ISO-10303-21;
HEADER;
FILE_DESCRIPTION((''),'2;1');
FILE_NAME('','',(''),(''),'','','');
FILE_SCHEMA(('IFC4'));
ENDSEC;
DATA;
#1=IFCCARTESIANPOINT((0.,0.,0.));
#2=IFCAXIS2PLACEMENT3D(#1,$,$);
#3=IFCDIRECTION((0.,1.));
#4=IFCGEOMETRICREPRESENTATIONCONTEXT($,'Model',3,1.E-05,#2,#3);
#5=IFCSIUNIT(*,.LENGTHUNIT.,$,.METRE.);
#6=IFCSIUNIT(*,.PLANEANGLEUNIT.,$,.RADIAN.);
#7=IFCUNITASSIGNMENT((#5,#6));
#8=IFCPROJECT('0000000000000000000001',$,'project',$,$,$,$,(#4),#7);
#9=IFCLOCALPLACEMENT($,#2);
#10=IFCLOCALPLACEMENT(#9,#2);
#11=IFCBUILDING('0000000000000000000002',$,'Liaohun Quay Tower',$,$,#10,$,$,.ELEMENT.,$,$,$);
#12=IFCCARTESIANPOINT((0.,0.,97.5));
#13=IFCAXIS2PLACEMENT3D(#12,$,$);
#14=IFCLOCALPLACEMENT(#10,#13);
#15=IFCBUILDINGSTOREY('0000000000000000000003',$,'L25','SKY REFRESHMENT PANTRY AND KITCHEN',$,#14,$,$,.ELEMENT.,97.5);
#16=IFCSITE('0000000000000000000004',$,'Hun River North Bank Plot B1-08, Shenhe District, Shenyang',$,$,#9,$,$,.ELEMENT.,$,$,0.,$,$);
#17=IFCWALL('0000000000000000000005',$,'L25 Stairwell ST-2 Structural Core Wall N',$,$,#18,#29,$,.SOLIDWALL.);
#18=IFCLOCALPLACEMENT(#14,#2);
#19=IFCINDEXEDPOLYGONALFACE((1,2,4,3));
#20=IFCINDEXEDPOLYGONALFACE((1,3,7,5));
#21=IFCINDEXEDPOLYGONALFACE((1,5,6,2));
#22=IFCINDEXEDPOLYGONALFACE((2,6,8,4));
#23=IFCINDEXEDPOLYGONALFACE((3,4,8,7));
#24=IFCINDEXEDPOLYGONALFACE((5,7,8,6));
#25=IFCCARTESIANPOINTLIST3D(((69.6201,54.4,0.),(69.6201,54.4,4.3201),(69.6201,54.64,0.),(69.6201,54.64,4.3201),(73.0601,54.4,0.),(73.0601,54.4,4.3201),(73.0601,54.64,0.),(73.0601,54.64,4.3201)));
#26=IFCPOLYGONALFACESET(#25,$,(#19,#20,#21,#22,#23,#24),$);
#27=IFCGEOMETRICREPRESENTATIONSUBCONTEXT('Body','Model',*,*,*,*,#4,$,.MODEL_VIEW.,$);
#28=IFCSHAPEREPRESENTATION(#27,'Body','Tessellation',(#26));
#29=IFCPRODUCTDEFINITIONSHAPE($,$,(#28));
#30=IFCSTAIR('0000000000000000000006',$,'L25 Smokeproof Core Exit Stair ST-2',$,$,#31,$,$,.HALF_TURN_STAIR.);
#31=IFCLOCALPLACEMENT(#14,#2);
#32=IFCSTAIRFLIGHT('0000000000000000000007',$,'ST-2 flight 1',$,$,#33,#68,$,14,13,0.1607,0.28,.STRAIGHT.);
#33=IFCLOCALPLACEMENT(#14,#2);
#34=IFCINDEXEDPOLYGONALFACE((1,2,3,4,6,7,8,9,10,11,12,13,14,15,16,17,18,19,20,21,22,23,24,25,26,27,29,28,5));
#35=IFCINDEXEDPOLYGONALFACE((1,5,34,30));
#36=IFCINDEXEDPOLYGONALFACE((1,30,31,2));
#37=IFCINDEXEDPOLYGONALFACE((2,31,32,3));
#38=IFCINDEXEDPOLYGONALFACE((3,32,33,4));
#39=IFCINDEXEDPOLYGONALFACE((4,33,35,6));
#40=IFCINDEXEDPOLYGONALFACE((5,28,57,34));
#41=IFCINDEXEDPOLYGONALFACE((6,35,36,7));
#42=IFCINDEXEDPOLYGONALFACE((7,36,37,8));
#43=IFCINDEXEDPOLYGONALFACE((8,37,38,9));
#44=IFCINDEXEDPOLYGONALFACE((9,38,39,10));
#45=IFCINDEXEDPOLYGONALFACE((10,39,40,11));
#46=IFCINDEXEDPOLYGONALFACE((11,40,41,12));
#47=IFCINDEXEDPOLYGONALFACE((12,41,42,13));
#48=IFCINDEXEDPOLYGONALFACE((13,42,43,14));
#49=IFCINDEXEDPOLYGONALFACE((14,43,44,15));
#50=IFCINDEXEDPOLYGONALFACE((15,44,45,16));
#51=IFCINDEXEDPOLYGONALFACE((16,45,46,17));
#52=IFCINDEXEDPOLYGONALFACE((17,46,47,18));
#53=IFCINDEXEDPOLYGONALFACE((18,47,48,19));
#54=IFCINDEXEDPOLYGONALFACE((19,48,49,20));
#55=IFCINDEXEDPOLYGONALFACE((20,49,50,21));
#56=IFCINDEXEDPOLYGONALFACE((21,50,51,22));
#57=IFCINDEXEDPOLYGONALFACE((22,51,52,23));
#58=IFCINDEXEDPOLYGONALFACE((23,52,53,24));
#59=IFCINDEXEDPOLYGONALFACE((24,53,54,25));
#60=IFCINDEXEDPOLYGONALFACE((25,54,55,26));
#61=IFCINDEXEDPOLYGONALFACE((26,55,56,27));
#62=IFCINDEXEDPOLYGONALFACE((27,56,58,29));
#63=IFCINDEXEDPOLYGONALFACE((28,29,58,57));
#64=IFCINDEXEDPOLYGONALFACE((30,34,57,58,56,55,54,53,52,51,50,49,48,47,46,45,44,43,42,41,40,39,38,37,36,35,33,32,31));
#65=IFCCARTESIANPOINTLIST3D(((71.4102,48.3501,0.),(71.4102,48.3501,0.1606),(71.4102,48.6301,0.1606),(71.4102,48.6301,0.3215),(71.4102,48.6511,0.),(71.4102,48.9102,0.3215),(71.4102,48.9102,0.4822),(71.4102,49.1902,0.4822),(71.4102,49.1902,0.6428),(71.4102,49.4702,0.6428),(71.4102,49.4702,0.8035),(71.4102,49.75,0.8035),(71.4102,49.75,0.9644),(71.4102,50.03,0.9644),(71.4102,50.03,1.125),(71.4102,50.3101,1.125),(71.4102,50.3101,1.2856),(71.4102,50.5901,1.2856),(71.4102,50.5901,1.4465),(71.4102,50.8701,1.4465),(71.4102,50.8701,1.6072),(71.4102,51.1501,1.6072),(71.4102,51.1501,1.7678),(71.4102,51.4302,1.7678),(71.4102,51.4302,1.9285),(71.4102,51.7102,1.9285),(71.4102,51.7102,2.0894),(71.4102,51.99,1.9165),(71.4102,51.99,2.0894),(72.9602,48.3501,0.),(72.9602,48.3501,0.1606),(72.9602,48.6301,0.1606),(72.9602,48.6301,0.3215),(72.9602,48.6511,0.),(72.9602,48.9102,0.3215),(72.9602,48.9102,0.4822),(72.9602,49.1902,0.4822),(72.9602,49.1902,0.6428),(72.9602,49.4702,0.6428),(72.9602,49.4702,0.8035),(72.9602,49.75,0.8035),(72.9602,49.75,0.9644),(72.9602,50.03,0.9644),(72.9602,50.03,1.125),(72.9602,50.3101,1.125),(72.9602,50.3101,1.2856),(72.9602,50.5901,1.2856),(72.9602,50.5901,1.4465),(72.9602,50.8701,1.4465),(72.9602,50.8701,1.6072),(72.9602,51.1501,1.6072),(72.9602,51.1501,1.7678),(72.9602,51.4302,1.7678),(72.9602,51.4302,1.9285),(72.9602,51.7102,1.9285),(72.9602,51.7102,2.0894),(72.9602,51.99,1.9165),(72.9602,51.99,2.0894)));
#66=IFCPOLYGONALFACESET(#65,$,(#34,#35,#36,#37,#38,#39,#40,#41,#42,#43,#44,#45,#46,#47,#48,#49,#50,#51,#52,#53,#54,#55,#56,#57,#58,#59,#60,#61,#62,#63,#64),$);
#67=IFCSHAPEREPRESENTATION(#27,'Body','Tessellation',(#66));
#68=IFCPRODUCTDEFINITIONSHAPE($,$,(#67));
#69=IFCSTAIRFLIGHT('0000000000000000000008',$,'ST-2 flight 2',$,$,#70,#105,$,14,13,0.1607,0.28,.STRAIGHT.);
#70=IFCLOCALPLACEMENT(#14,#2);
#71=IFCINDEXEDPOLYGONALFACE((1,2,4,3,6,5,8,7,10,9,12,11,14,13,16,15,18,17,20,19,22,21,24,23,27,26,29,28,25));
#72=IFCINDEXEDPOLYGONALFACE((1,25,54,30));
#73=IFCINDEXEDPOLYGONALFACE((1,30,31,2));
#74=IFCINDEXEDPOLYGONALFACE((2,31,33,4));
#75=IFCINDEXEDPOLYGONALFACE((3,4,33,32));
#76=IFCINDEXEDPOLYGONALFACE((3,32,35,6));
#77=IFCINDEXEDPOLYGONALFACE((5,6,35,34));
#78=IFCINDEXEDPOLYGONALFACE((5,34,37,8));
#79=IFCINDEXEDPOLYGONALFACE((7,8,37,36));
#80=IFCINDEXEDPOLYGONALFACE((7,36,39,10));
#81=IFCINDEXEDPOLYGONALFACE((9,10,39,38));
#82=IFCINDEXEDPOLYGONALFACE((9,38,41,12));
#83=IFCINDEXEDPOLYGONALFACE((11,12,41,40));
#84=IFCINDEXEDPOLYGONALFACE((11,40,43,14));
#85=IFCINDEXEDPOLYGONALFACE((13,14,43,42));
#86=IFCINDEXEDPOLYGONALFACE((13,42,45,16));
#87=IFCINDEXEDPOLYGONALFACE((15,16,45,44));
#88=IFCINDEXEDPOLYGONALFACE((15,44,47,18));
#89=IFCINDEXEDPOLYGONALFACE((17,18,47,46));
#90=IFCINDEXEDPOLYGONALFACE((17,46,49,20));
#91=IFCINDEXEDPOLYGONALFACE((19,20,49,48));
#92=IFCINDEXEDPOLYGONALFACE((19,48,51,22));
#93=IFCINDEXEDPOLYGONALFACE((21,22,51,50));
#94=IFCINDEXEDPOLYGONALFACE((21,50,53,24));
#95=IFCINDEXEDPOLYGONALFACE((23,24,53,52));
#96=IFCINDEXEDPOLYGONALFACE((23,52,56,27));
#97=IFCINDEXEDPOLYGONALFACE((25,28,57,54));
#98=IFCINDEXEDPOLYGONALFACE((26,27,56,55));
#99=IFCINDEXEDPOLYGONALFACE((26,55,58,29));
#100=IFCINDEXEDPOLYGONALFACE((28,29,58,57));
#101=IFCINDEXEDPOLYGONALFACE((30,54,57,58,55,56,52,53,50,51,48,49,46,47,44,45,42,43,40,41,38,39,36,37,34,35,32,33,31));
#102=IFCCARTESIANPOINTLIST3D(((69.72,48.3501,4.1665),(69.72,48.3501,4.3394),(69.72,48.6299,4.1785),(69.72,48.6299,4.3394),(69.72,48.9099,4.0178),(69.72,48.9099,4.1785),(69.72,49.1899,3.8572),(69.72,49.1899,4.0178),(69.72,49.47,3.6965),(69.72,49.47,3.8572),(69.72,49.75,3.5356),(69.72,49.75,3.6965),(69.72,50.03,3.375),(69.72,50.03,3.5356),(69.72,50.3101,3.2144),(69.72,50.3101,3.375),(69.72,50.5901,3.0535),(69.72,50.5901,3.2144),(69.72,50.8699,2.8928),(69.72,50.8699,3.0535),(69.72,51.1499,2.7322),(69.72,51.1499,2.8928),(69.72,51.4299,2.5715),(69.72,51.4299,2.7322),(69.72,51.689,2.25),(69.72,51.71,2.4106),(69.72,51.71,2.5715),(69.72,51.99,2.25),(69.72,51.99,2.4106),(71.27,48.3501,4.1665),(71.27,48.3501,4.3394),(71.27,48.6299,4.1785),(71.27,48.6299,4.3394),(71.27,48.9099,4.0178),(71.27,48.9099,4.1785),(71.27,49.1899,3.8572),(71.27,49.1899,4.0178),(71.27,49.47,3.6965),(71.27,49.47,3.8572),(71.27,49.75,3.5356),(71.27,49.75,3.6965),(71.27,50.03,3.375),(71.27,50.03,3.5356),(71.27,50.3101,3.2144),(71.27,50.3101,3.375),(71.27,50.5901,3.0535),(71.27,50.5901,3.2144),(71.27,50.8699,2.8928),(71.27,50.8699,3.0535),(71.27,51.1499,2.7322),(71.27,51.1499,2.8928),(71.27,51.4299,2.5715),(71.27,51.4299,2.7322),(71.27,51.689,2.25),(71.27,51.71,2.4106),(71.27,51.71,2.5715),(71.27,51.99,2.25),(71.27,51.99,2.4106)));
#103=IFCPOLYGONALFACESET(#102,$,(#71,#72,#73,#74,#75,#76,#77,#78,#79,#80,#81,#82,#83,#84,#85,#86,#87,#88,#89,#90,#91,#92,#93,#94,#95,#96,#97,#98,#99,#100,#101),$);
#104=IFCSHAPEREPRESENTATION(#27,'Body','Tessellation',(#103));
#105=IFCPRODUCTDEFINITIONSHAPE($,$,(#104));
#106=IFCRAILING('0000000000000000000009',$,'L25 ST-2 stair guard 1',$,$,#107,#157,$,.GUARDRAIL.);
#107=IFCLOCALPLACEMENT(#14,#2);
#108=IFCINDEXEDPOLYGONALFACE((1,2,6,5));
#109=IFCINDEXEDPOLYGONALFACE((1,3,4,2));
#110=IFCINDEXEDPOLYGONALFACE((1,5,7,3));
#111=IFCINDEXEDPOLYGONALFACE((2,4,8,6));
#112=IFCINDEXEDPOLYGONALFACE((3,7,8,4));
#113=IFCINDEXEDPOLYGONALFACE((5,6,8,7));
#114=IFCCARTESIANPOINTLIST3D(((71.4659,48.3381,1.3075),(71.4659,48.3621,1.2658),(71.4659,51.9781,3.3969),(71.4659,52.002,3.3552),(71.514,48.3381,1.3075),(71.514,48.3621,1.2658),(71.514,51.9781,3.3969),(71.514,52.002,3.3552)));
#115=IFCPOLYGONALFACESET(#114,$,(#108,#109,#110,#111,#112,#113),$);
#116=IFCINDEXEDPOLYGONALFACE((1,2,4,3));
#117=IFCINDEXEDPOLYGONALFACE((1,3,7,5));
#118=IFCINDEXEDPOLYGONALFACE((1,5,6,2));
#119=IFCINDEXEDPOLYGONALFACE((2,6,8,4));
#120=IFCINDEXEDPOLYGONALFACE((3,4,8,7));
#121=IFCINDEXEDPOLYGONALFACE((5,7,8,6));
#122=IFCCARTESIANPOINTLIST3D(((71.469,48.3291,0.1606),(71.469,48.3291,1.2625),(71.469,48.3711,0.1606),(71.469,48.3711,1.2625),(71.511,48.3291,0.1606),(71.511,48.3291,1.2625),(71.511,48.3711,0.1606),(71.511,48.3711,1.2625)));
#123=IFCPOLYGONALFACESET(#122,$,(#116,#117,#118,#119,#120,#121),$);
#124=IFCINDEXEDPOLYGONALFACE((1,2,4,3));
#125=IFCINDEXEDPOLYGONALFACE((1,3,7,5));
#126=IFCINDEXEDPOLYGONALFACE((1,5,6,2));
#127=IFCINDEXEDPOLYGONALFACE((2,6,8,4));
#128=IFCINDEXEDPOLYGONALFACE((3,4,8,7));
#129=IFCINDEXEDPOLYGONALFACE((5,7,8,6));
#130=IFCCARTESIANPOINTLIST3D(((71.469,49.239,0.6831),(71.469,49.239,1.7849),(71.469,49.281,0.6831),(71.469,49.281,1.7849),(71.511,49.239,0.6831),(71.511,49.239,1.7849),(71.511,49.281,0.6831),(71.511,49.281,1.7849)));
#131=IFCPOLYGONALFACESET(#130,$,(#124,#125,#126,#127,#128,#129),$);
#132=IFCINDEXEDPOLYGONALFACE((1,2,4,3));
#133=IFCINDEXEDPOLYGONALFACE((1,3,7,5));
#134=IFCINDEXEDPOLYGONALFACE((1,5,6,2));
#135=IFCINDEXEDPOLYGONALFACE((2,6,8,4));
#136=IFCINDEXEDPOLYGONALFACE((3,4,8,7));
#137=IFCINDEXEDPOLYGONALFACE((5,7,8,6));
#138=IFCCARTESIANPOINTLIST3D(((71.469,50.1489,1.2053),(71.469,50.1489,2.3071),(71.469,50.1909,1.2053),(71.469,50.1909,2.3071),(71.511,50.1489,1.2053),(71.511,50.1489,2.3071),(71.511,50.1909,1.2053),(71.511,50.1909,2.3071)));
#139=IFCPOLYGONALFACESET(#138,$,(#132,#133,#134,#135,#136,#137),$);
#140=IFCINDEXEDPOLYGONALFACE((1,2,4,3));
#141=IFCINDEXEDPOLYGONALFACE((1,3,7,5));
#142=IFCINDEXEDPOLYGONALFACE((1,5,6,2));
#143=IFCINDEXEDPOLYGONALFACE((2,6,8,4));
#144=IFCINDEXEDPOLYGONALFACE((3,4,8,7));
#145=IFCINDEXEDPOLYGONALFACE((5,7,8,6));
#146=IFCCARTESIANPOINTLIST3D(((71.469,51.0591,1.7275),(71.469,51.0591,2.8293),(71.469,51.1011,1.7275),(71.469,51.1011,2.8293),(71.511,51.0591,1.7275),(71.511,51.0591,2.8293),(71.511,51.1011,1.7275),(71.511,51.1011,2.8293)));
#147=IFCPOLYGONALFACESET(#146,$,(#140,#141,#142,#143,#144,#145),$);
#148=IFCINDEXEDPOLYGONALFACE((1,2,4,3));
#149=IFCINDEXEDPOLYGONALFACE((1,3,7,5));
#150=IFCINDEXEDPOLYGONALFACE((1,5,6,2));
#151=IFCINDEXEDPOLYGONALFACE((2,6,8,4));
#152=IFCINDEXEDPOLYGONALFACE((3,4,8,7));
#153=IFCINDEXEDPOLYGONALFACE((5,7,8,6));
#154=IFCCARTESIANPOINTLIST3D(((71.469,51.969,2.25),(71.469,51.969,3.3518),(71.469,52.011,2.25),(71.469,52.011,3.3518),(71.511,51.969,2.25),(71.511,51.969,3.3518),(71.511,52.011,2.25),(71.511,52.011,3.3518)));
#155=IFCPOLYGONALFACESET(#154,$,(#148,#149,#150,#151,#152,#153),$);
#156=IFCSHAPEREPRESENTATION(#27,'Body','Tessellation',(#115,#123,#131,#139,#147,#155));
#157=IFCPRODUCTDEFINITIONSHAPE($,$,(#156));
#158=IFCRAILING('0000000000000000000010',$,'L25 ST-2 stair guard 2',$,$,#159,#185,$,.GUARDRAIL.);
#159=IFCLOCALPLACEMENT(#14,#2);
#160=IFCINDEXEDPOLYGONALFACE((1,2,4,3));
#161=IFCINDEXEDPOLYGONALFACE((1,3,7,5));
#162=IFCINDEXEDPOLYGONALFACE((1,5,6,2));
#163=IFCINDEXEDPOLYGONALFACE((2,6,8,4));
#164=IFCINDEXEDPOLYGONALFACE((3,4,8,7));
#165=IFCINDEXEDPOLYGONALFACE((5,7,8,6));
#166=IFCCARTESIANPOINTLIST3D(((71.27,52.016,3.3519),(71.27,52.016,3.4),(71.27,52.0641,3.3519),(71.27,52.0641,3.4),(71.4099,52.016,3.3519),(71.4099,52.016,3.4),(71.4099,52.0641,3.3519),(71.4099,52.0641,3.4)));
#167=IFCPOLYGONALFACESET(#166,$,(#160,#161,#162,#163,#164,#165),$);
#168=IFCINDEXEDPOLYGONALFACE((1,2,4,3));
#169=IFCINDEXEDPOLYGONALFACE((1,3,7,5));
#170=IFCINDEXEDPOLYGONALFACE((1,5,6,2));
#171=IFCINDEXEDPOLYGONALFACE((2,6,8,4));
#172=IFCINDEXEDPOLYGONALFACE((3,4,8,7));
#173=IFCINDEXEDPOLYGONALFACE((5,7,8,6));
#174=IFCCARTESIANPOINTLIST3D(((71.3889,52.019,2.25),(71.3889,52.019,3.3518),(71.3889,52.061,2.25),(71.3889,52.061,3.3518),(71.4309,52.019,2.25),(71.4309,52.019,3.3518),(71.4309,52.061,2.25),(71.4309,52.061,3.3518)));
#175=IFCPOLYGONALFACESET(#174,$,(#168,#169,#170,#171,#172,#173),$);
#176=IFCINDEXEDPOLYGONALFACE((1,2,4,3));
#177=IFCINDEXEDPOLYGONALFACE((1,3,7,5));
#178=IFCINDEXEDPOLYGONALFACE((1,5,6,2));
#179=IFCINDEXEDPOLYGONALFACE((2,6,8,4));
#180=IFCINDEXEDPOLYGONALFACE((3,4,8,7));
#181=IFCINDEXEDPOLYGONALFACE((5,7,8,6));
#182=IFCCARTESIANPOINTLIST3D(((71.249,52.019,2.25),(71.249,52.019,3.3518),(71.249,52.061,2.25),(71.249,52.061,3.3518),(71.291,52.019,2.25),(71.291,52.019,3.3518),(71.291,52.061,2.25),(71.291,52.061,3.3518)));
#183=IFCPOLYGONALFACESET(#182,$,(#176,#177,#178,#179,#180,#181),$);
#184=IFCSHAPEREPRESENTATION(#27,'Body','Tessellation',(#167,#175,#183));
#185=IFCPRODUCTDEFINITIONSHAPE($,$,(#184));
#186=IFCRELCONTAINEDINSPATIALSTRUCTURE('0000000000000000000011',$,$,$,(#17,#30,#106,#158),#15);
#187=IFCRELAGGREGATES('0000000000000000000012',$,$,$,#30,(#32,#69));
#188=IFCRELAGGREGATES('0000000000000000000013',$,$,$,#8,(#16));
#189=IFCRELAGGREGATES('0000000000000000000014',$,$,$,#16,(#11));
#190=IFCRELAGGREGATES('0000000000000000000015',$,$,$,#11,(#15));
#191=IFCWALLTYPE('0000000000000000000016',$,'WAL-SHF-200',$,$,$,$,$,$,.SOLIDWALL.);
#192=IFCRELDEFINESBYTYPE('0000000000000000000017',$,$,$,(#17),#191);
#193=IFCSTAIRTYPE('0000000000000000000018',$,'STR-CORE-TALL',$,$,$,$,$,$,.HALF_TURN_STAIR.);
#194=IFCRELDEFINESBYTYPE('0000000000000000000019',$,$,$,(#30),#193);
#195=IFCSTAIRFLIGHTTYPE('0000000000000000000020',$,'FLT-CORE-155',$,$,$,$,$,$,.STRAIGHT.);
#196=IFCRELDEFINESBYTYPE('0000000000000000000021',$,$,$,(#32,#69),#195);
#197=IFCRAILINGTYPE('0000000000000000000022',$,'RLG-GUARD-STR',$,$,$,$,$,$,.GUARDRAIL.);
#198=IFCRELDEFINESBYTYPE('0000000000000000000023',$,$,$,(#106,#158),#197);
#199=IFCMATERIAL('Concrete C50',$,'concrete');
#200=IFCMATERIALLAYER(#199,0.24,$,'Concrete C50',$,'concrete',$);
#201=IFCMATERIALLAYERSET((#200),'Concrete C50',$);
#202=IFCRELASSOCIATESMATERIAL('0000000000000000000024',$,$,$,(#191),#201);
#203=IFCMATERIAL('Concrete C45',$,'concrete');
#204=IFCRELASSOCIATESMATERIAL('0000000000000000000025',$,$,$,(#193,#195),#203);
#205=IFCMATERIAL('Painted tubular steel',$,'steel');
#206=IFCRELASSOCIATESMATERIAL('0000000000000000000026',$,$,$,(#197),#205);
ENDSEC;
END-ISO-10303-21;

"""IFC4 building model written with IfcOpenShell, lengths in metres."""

from ifc_helpers import new_model, si_unit, direction, frame, frame_2d, origin, origin_2d, place, context, subcontext, project, spatial, polyline, rectangle, outline, extrude, material, layer, layer_set, type_object, element, aggregate, save


model = new_model("IFC4")

# Units and contexts
model_context = context("Model", 3, precision=1e-05, world=origin(), true_north=direction((0.0, 1.0)))
body_context = subcontext(model_context, "Body", "Model", "MODEL_VIEW")
ifc_project = project(units=[si_unit("LENGTHUNIT", "METRE"), si_unit("PLANEANGLEUNIT", "RADIAN")], contexts=[model_context])

# Site, building, storey
site_placement = place(None, origin())
site = spatial("IfcSite", under=ifc_project, at=site_placement, Name="Hun River North Bank Plot B1-08, Shenhe District, Shenyang", CompositionType="ELEMENT", RefElevation=0.0)
building_placement = place(site_placement, origin())
building = spatial("IfcBuilding", under=site, at=building_placement, Name="Liaohun Quay Tower", CompositionType="ELEMENT")
storey_placement = place(building_placement, frame((0.0, 0.0, 97.5)))
storey = spatial("IfcBuildingStorey", under=building, at=storey_placement, Name="L25", Description="SKY REFRESHMENT PANTRY AND KITCHEN", CompositionType="ELEMENT", Elevation=97.5)

# Shared definitions
ifc_material_1 = material(Name="Concrete C50", Category="concrete")
ifc_layer_1 = layer(ifc_material_1, 0.24, Name="Concrete C50", Category="concrete")
ifc_layer_set_1 = layer_set([ifc_layer_1], Name="Concrete C50")
wall_type = type_object("IfcWallType", Name="WAL-SHF-200", PredefinedType="SOLIDWALL", material=ifc_layer_set_1)

# Wall
wall_1_placement = place(storey_placement, frame((73.0601, 54.52, 0.0), z_axis=(0.0, 0.0, 1.0), x_axis=(-1.0, 0.0, 0.0)))
element("IfcWall", 1, at=wall_1_placement, inside=storey, type_object=wall_type, Name="L25 Stairwell ST-2 Structural Core Wall N", PredefinedType="SOLIDWALL", context=body_context, shape_type="SweptSolid", body=[
    extrude(rectangle(XDim=3.4399, YDim=0.24, at=frame_2d((1.72, 0.0))), origin(), (0.0, 0.0, 1.0), 4.3201),
])

# Stair, stair flights
ifc_material_2 = material(Name="Concrete C45", Category="concrete")
stair_type = type_object("IfcStairType", Name="STR-CORE-TALL", PredefinedType="HALF_TURN_STAIR", material=ifc_material_2)
stair_placement = place(storey_placement, origin())
stair = element("IfcStair", 2, at=stair_placement, inside=storey, type_object=stair_type, Name="L25 Smokeproof Core Exit Stair ST-2", PredefinedType="HALF_TURN_STAIR")
stair_flight_type = type_object("IfcStairFlightType", Name="FLT-CORE-155", PredefinedType="STRAIGHT", material=ifc_material_2)
stair_flight_1_placement = place(storey_placement, frame((72.1851, 48.3501, 0.0), z_axis=(0.0, 0.0, 1.0), x_axis=(0.0, 1.0, 0.0)))
stair_flight_1 = element("IfcStairFlight", 3, at=stair_flight_1_placement, type_object=stair_flight_type, Name="ST-2 flight 1", NumberOfRisers=14, NumberOfTreads=13, PredefinedType="STRAIGHT", RiserHeight=0.1607, TreadLength=0.28, context=body_context, shape_type="SweptSolid", body=[
    extrude(outline(polyline([(0.0, 0.0), (0.0, 0.1606), (0.28, 0.1606), (0.28, 0.3215), (0.5601, 0.3215), (0.5601, 0.4822), (0.8401, 0.4822), (0.8401, 0.6428), (1.1201, 0.6428), (1.1201, 0.8035), (1.3999, 0.8035), (1.3999, 0.9644), (1.6799, 0.9644), (1.6799, 1.125), (1.96, 1.125), (1.96, 1.2856), (2.24, 1.2856), (2.24, 1.4465), (2.52, 1.4465), (2.52, 1.6072), (2.8, 1.6072), (2.8, 1.7678), (3.0801, 1.7678), (3.0801, 1.9285), (3.3601, 1.9285), (3.3601, 2.0894), (3.6399, 2.0894), (3.6399, 2.25), (3.6399, 1.9165), (0.301, 0.0), (0.0, 0.0)])), frame((0.0, 0.7749, 0.0), z_axis=(0.0, -1.0, 0.0), x_axis=(1.0, 0.0, 0.0)), (0.0, 0.0, 1.0), 1.55),
])
stair_flight_2_placement = place(storey_placement, frame((70.4951, 51.99, 2.25), z_axis=(0.0, 0.0, 1.0), x_axis=(0.0, -1.0, 0.0)))
stair_flight_2 = element("IfcStairFlight", 4, at=stair_flight_2_placement, type_object=stair_flight_type, Name="ST-2 flight 2", NumberOfRisers=14, NumberOfTreads=13, PredefinedType="STRAIGHT", RiserHeight=0.1607, TreadLength=0.28, context=body_context, shape_type="SweptSolid", body=[
    extrude(outline(polyline([(0.0, 0.0), (0.0, 0.1606), (0.28, 0.1606), (0.28, 0.3215), (0.5601, 0.3215), (0.5601, 0.4822), (0.8401, 0.4822), (0.8401, 0.6428), (1.1201, 0.6428), (1.1201, 0.8035), (1.3999, 0.8035), (1.3999, 0.9644), (1.6799, 0.9644), (1.6799, 1.125), (1.96, 1.125), (1.96, 1.2856), (2.24, 1.2856), (2.24, 1.4465), (2.52, 1.4465), (2.52, 1.6072), (2.8, 1.6072), (2.8, 1.7678), (3.0801, 1.7678), (3.0801, 1.9285), (3.3601, 1.9285), (3.3601, 2.0894), (3.6399, 2.0894), (3.6399, 2.25), (3.6399, 1.9165), (0.301, 0.0), (0.0, 0.0)])), frame((0.0, 0.7749, 0.0), z_axis=(0.0, -1.0, 0.0), x_axis=(1.0, 0.0, 0.0)), (0.0, 0.0, 1.0), 1.55),
])
aggregate(stair, [stair_flight_1, stair_flight_2])

# Railings
ifc_material_3 = material(Name="Painted tubular steel", Category="steel")
railing_type_1 = type_object("IfcRailingType", Name="RLG-GUARD-STR", PredefinedType="GUARDRAIL", material=ifc_material_3)
railing_1_placement = place(storey_placement, frame((71.49, 48.3501, 0.1606)))
element("IfcRailing", 5, at=railing_1_placement, inside=storey, type_object=railing_type_1, Name="L25 ST-2 stair guard 1", PredefinedType="GUARDRAIL", context=body_context, shape_type="SweptSolid", body=[
    extrude(rectangle(XDim=0.0481, YDim=0.0481, at=origin_2d()), frame((0.0, 0.0, 1.126), z_axis=(0.0, 0.867275, 0.497829), x_axis=(-1.0, 0.0, 0.0)), (0.0, 0.0, 1.0), 4.197),
    extrude(rectangle(XDim=0.042, YDim=0.042, at=origin_2d()), origin(), (0.0, 0.0, 1.0), 1.1018),
    extrude(rectangle(XDim=0.042, YDim=0.042, at=origin_2d()), frame((0.0, 0.9099, 0.5225)), (0.0, 0.0, 1.0), 1.1018),
    extrude(rectangle(XDim=0.042, YDim=0.042, at=origin_2d()), frame((0.0, 1.8198, 1.0447)), (0.0, 0.0, 1.0), 1.1018),
    extrude(rectangle(XDim=0.042, YDim=0.042, at=origin_2d()), frame((0.0, 2.73, 1.5669)), (0.0, 0.0, 1.0), 1.1018),
    extrude(rectangle(XDim=0.042, YDim=0.042, at=origin_2d()), frame((0.0, 3.6399, 2.0894)), (0.0, 0.0, 1.0), 1.1018),
])
railing_2_placement = place(storey_placement, frame((71.4099, 52.04, 2.25)))
element("IfcRailing", 6, at=railing_2_placement, inside=storey, type_object=railing_type_1, Name="L25 ST-2 stair guard 2", PredefinedType="GUARDRAIL", context=body_context, shape_type="SweptSolid", body=[
    extrude(rectangle(XDim=0.0481, YDim=0.0481, at=origin_2d()), frame((0.0, 0.0, 1.126), z_axis=(-1.0, 0.0, 0.0), x_axis=(0.0, -1.0, 0.0)), (0.0, 0.0, 1.0), 0.1399),
    extrude(rectangle(XDim=0.042, YDim=0.042, at=origin_2d()), origin(), (0.0, 0.0, 1.0), 1.1018),
    extrude(rectangle(XDim=0.042, YDim=0.042, at=origin_2d()), frame((-0.1399, 0.0, 0.0)), (0.0, 0.0, 1.0), 1.1018),
])

save(model, "model.ifc")
